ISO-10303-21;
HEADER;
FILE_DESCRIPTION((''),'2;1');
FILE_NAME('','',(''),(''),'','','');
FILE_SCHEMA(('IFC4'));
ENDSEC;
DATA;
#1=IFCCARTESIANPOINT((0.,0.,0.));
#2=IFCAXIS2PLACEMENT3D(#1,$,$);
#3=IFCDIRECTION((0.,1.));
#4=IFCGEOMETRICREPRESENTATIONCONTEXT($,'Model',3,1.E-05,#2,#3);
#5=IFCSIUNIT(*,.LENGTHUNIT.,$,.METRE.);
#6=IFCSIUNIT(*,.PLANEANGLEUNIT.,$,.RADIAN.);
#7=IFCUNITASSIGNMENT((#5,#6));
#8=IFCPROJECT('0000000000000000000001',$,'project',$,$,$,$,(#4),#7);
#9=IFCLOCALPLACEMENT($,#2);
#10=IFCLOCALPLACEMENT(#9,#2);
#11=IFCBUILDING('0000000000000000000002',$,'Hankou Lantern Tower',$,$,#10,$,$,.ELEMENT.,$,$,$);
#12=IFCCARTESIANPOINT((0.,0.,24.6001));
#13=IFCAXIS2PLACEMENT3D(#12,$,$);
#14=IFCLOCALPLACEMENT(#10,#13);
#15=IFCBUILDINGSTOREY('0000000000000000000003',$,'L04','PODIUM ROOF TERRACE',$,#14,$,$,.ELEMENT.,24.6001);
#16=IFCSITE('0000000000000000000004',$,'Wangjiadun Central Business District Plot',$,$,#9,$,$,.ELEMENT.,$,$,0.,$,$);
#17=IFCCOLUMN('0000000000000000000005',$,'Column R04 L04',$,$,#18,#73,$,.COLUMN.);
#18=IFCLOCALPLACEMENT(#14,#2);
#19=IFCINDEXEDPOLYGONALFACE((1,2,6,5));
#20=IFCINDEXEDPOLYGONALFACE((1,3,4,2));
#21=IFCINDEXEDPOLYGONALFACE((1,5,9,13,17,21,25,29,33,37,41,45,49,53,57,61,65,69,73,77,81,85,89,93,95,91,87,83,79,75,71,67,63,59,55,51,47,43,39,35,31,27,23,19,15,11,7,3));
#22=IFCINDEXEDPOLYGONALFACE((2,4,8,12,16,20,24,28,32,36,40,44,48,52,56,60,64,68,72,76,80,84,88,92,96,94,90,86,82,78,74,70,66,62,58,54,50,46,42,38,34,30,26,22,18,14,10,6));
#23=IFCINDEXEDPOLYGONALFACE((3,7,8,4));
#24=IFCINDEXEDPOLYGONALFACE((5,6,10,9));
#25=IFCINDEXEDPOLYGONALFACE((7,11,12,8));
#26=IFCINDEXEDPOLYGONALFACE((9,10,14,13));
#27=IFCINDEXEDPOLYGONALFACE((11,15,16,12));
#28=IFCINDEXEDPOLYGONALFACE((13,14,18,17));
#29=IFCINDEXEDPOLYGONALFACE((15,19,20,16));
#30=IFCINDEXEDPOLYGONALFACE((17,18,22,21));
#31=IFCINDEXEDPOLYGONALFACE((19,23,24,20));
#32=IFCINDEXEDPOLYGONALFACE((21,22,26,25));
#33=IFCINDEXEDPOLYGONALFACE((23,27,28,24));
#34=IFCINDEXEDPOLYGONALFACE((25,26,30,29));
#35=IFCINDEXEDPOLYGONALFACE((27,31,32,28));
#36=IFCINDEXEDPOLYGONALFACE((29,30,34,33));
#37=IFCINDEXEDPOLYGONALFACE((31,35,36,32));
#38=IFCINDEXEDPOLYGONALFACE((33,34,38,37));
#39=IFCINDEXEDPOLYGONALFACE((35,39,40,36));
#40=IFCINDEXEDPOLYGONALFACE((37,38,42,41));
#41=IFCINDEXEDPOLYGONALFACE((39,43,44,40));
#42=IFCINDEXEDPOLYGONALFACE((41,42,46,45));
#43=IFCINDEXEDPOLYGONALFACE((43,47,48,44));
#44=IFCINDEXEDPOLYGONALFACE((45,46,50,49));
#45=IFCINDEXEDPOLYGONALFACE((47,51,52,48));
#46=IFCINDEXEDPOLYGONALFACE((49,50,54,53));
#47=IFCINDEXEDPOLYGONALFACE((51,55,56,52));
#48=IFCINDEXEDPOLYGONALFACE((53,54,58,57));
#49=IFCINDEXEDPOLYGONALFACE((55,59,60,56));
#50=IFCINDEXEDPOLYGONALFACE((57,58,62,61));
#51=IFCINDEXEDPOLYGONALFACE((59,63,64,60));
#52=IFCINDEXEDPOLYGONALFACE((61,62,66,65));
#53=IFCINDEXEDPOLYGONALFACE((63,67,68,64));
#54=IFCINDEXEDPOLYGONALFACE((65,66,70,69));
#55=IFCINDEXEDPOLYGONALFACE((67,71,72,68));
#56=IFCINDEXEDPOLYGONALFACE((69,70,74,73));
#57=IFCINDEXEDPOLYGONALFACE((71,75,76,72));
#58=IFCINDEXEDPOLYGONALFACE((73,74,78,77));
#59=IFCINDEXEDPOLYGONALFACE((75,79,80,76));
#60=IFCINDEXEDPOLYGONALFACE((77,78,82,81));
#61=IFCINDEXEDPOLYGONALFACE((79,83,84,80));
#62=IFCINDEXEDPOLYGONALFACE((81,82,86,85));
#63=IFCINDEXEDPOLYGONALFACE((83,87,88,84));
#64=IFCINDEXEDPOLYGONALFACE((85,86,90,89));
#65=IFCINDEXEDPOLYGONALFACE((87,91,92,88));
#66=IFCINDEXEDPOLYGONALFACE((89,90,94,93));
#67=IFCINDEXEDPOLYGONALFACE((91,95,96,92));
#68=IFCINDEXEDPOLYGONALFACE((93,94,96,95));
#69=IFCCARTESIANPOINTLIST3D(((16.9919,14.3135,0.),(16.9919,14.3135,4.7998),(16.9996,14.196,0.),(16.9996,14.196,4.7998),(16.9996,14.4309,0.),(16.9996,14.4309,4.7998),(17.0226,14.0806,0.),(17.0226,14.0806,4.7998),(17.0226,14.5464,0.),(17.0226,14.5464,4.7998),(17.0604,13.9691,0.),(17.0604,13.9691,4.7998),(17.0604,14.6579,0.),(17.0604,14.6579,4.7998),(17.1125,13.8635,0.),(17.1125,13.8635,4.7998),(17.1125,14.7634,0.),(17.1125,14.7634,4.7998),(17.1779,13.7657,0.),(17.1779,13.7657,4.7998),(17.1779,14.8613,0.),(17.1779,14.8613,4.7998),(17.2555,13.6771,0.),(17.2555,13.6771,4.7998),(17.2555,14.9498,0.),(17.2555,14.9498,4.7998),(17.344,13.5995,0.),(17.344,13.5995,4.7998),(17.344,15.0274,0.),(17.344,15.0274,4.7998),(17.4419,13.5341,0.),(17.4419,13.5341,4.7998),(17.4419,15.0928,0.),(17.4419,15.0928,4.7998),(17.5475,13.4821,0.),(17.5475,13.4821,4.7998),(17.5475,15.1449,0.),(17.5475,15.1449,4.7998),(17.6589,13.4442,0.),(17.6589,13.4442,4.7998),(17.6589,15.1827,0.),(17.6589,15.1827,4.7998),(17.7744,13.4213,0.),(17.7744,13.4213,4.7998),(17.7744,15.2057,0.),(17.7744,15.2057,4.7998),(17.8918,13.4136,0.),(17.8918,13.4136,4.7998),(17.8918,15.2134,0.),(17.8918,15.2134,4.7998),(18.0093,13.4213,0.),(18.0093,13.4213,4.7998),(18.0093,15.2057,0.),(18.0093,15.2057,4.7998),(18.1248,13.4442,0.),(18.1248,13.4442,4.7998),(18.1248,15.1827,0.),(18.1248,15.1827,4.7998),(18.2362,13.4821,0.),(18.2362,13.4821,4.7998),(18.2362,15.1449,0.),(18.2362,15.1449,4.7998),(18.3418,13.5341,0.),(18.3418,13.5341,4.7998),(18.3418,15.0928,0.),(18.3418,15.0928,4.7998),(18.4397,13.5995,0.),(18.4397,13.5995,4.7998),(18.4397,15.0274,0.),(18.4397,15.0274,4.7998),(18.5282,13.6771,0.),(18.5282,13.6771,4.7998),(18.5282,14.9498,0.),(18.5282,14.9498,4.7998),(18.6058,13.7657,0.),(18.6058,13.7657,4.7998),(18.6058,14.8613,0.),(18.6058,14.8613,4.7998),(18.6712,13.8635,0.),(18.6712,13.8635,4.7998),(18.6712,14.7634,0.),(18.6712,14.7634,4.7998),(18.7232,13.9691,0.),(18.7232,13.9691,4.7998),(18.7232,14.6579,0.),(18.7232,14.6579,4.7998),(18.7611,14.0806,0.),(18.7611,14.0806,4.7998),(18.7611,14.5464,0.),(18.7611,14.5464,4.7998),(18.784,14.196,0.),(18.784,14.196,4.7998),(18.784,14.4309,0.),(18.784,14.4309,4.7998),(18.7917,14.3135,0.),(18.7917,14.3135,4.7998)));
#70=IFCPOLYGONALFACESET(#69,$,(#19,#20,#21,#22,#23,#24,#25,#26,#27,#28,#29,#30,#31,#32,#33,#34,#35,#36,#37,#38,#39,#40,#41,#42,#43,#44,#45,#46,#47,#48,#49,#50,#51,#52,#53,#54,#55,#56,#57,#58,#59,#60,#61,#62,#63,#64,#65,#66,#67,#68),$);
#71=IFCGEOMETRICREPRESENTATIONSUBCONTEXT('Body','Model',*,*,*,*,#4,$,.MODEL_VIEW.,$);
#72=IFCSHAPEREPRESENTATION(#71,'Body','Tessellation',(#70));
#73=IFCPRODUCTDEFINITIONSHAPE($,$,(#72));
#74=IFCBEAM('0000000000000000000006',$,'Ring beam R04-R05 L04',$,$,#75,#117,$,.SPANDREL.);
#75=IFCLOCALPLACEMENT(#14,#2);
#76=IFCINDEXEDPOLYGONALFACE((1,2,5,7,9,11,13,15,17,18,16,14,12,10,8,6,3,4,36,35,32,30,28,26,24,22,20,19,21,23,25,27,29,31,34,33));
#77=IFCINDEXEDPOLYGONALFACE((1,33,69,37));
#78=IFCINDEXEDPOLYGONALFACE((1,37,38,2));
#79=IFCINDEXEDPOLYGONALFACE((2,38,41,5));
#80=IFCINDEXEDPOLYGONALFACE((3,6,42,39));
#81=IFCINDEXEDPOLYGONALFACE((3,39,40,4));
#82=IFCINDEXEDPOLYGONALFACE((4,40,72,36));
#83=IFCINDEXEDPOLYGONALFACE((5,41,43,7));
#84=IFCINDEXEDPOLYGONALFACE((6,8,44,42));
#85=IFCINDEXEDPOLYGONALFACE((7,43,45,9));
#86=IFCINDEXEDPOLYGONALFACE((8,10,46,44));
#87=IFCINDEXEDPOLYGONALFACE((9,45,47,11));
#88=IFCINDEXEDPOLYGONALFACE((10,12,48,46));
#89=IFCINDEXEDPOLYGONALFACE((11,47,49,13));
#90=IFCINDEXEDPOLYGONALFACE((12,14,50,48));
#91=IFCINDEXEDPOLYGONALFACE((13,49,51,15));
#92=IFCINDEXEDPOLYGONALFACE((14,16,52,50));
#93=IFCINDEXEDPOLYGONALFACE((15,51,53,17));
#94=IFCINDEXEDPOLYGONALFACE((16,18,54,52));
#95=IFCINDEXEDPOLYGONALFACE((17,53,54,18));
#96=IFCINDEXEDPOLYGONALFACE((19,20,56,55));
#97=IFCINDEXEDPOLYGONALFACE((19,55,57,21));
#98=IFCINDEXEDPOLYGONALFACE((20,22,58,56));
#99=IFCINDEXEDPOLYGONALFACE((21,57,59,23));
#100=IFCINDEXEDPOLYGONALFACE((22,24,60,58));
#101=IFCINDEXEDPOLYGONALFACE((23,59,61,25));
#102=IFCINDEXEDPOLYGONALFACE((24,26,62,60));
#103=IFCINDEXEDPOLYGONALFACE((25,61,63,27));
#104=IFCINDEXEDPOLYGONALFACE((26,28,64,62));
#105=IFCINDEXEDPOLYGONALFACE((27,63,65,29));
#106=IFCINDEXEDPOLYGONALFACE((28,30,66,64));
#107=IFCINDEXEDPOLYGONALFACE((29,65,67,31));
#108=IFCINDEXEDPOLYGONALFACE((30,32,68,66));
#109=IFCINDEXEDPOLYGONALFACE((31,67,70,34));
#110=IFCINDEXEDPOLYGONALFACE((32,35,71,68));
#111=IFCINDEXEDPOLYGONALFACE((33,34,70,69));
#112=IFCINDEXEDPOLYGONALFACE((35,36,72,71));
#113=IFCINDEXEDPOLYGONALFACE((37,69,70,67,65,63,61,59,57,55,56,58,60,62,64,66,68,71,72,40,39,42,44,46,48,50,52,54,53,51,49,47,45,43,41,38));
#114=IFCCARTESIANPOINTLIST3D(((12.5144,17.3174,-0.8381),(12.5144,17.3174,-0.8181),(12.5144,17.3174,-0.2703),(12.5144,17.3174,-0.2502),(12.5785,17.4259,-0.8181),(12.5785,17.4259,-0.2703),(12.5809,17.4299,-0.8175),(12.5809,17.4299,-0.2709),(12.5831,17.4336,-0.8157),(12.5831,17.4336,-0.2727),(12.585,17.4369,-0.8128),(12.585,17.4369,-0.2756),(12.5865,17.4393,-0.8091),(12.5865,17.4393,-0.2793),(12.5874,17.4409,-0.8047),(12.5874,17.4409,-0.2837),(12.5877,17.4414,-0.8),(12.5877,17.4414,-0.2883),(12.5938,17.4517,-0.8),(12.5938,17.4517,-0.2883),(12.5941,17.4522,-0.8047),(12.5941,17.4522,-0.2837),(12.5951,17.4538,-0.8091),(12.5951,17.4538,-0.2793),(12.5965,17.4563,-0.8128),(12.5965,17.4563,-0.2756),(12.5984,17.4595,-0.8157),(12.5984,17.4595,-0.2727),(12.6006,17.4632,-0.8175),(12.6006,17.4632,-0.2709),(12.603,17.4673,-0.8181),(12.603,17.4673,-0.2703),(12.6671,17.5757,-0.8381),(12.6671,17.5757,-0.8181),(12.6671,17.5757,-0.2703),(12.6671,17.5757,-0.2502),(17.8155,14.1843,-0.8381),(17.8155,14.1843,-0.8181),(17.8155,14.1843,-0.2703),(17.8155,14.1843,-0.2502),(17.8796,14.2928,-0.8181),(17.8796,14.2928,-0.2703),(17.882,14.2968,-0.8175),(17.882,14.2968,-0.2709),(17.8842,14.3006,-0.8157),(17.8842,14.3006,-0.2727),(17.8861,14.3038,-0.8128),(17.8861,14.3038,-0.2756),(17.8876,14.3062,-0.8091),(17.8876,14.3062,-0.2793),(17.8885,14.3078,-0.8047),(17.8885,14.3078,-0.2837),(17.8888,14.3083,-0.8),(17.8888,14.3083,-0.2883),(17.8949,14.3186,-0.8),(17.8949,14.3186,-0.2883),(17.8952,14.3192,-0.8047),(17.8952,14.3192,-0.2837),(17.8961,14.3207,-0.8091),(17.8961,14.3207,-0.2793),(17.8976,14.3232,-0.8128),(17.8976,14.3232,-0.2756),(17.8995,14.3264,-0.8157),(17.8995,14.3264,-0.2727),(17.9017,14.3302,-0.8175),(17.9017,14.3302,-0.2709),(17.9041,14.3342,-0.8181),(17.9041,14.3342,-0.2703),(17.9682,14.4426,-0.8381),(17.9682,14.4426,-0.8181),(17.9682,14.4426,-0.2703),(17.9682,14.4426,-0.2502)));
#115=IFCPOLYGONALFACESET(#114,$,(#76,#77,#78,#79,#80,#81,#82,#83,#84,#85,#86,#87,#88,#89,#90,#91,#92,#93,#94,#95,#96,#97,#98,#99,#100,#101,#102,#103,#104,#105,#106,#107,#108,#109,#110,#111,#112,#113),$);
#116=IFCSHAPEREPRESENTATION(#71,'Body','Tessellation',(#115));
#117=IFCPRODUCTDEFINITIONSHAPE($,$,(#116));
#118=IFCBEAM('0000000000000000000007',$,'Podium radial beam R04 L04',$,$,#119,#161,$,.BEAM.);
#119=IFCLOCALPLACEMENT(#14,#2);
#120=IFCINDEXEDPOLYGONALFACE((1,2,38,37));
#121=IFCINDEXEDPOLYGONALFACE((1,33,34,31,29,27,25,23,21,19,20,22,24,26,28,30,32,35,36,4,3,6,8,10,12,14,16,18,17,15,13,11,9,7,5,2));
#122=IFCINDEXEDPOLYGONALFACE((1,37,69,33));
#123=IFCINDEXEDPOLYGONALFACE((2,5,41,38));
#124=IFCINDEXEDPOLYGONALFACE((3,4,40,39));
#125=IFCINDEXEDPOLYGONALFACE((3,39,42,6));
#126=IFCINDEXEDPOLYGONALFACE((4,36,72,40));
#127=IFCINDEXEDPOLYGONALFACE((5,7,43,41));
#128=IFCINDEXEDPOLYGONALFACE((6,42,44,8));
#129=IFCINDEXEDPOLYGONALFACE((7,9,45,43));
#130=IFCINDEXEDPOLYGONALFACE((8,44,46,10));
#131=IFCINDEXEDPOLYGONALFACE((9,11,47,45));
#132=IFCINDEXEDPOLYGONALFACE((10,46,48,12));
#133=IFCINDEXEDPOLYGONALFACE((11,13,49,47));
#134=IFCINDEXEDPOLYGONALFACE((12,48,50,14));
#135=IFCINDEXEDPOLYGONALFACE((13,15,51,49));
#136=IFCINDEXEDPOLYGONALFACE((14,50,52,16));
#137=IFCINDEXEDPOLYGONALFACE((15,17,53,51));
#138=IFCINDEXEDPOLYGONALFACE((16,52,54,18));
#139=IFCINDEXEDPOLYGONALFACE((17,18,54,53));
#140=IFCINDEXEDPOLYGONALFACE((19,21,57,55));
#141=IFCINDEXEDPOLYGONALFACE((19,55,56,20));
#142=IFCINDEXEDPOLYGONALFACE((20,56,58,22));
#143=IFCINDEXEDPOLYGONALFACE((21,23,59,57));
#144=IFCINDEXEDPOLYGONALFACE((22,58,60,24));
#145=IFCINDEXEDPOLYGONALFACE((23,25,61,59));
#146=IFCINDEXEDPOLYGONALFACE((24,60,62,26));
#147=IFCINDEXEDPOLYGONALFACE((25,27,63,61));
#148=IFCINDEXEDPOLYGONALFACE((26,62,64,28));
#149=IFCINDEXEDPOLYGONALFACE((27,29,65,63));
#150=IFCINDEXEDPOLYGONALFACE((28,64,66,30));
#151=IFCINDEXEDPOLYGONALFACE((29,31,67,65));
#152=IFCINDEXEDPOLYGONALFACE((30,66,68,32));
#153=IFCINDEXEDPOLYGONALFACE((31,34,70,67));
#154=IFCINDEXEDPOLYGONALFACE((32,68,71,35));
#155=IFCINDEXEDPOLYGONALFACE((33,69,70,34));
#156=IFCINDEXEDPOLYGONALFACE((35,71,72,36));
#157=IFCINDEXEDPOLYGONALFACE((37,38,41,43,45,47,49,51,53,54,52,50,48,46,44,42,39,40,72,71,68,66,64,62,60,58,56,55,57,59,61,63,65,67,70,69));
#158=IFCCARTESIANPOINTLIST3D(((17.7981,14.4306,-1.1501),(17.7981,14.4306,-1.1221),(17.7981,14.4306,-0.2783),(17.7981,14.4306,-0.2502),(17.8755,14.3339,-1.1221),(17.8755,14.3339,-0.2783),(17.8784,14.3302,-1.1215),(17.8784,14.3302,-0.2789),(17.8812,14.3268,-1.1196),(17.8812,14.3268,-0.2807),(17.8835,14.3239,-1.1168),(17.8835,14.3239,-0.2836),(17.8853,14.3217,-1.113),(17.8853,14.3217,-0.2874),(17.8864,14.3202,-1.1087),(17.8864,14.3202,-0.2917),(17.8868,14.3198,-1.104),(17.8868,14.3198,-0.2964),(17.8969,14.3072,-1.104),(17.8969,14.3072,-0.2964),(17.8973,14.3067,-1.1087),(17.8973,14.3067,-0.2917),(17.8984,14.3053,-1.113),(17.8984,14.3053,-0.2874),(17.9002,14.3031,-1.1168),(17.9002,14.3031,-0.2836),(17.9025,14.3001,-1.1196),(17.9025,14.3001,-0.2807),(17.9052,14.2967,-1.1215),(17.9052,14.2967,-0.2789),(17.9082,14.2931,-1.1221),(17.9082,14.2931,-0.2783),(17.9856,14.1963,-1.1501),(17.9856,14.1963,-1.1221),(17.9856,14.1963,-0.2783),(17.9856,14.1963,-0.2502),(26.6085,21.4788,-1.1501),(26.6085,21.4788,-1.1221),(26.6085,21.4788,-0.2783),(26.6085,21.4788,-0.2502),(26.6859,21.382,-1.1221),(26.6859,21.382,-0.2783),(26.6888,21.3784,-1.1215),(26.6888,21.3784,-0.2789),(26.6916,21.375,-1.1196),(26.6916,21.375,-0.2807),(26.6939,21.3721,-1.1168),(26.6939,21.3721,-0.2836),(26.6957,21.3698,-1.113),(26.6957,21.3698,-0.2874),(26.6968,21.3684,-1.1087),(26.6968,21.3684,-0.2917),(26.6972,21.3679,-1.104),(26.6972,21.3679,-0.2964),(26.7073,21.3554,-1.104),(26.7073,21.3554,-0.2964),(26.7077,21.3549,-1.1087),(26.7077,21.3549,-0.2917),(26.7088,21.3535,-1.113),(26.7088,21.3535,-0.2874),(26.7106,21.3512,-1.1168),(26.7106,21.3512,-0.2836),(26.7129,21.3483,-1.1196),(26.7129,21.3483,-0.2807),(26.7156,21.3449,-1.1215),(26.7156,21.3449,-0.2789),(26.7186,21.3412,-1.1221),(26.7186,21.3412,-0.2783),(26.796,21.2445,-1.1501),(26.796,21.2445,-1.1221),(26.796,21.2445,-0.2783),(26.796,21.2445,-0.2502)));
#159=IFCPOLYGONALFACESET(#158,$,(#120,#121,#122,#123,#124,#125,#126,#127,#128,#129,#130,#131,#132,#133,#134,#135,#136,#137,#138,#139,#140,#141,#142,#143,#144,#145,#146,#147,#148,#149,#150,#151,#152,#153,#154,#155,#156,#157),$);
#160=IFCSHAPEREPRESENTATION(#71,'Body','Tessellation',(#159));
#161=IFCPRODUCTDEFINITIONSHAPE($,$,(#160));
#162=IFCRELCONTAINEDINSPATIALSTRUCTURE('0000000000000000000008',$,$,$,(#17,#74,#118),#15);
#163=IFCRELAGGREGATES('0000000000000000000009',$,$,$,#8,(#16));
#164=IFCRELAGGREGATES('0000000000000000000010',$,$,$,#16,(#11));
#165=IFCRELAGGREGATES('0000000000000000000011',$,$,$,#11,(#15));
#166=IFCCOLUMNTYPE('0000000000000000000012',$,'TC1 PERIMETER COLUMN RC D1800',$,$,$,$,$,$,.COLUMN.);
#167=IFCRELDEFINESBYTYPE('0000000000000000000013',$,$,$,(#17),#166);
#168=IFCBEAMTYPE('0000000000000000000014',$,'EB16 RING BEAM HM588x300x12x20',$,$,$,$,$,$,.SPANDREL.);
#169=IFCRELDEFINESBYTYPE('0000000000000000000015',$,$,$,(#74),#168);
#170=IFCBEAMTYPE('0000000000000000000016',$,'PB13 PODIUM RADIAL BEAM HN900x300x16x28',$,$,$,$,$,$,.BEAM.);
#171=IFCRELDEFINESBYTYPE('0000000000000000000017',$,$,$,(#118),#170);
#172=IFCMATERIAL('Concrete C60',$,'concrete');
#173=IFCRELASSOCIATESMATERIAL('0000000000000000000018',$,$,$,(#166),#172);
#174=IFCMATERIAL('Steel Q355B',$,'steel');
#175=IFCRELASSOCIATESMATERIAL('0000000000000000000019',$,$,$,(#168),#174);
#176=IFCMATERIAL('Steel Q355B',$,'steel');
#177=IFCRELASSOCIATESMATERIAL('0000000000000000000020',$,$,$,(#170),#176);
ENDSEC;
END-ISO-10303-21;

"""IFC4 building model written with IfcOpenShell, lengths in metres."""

from ifc_helpers import new_model, si_unit, direction, frame, origin, origin_2d, place, context, subcontext, project, spatial, circle, i_section, extrude, material, material_profile, profile_set, type_object, element, save


model = new_model("IFC4")

# Units and contexts
model_context = context("Model", 3, precision=1e-05, world=origin(), true_north=direction((0.0, 1.0)))
body_context = subcontext(model_context, "Body", "Model", "MODEL_VIEW")
ifc_project = project(units=[si_unit("LENGTHUNIT", "METRE"), si_unit("PLANEANGLEUNIT", "RADIAN")], contexts=[model_context])

# Site, building, storey
site_placement = place(None, origin())
site = spatial("IfcSite", under=ifc_project, at=site_placement, Name="Wangjiadun Central Business District Plot", CompositionType="ELEMENT", RefElevation=0.0)
building_placement = place(site_placement, origin())
building = spatial("IfcBuilding", under=site, at=building_placement, Name="Hankou Lantern Tower", CompositionType="ELEMENT")
storey_placement = place(building_placement, frame((0.0, 0.0, 24.6001)))
storey = spatial("IfcBuildingStorey", under=building, at=storey_placement, Name="L04", Description="PODIUM ROOF TERRACE", CompositionType="ELEMENT", Elevation=24.6001)

# Column
ifc_material_1 = material(Name="Concrete C60", Category="concrete")
ifc_material_profile_1 = material_profile(ifc_material_1, circle(Radius=0.8999, at=origin_2d()), Name="RC D1800")
ifc_profile_set_1 = profile_set([ifc_material_profile_1], Name="Concrete C60")
column_type = type_object("IfcColumnType", Name="TC1 PERIMETER COLUMN RC D1800", PredefinedType="COLUMN", material=ifc_profile_set_1)
column_placement = place(storey_placement, frame((17.8918, 14.3135, 0.0), z_axis=(0.0, 0.0, 1.0), x_axis=(1.0, 0.0, 0.0)))
element("IfcColumn", 1, at=column_placement, inside=storey, type_object=column_type, Name="Column R04 L04", PredefinedType="COLUMN", context=body_context, shape_type="SweptSolid", body=[
    extrude(circle(Radius=0.8999, at=origin_2d()), origin(), (0.0, 0.0, 1.0), 4.7998),
])

# Beams
ifc_material_2 = material(Name="Steel Q355B", Category="steel")
ifc_material_profile_2 = material_profile(ifc_material_2, i_section(OverallWidth=0.3, OverallDepth=0.5879, WebThickness=0.012, FlangeThickness=0.02, FilletRadius=0.0181, at=origin_2d()), Name="HM588x300x12x20")
ifc_profile_set_2 = profile_set([ifc_material_profile_2], Name="Steel Q355B")
beam_type_1 = type_object("IfcBeamType", Name="EB16 RING BEAM HM588x300x12x20", PredefinedType="SPANDREL", material=ifc_profile_set_2)
beam_1_placement = place(storey_placement, frame((17.8918, 14.3135, -0.5442), z_axis=(-0.860882, 0.508805, 0.0), x_axis=(-0.508805, -0.860882, 0.0)))
element("IfcBeam", 2, at=beam_1_placement, inside=storey, type_object=beam_type_1, Name="Ring beam R04-R05 L04", PredefinedType="SPANDREL", context=body_context, shape_type="SweptSolid", body=[
    extrude(i_section(OverallWidth=0.3, OverallDepth=0.5879, WebThickness=0.012, FlangeThickness=0.02, FilletRadius=0.0181, at=origin_2d()), origin(), (0.0, 0.0, 1.0), 6.1577),
])
ifc_material_3 = material(Name="Steel Q355B", Category="steel")
ifc_material_profile_3 = material_profile(ifc_material_3, i_section(OverallWidth=0.3, OverallDepth=0.8999, WebThickness=0.0161, FlangeThickness=0.0281, FilletRadius=0.0181, at=origin_2d()), Name="HN900x300x16x28")
ifc_profile_set_3 = profile_set([ifc_material_profile_3], Name="Steel Q355B")
beam_type_2 = type_object("IfcBeamType", Name="PB13 PODIUM RADIAL BEAM HN900x300x16x28", PredefinedType="BEAM", material=ifc_profile_set_3)
beam_2_placement = place(storey_placement, frame((17.8918, 14.3135, -0.7002), z_axis=(0.780875, 0.624687, 0.0), x_axis=(-0.624687, 0.780875, 0.0)))
element("IfcBeam", 3, at=beam_2_placement, inside=storey, type_object=beam_type_2, Name="Podium radial beam R04 L04", PredefinedType="BEAM", context=body_context, shape_type="SweptSolid", body=[
    extrude(i_section(OverallWidth=0.3, OverallDepth=0.8999, WebThickness=0.0161, FlangeThickness=0.0281, FilletRadius=0.0181, at=origin_2d()), origin(), (0.0, 0.0, 1.0), 11.2827),
])

save(model, "model.ifc")
